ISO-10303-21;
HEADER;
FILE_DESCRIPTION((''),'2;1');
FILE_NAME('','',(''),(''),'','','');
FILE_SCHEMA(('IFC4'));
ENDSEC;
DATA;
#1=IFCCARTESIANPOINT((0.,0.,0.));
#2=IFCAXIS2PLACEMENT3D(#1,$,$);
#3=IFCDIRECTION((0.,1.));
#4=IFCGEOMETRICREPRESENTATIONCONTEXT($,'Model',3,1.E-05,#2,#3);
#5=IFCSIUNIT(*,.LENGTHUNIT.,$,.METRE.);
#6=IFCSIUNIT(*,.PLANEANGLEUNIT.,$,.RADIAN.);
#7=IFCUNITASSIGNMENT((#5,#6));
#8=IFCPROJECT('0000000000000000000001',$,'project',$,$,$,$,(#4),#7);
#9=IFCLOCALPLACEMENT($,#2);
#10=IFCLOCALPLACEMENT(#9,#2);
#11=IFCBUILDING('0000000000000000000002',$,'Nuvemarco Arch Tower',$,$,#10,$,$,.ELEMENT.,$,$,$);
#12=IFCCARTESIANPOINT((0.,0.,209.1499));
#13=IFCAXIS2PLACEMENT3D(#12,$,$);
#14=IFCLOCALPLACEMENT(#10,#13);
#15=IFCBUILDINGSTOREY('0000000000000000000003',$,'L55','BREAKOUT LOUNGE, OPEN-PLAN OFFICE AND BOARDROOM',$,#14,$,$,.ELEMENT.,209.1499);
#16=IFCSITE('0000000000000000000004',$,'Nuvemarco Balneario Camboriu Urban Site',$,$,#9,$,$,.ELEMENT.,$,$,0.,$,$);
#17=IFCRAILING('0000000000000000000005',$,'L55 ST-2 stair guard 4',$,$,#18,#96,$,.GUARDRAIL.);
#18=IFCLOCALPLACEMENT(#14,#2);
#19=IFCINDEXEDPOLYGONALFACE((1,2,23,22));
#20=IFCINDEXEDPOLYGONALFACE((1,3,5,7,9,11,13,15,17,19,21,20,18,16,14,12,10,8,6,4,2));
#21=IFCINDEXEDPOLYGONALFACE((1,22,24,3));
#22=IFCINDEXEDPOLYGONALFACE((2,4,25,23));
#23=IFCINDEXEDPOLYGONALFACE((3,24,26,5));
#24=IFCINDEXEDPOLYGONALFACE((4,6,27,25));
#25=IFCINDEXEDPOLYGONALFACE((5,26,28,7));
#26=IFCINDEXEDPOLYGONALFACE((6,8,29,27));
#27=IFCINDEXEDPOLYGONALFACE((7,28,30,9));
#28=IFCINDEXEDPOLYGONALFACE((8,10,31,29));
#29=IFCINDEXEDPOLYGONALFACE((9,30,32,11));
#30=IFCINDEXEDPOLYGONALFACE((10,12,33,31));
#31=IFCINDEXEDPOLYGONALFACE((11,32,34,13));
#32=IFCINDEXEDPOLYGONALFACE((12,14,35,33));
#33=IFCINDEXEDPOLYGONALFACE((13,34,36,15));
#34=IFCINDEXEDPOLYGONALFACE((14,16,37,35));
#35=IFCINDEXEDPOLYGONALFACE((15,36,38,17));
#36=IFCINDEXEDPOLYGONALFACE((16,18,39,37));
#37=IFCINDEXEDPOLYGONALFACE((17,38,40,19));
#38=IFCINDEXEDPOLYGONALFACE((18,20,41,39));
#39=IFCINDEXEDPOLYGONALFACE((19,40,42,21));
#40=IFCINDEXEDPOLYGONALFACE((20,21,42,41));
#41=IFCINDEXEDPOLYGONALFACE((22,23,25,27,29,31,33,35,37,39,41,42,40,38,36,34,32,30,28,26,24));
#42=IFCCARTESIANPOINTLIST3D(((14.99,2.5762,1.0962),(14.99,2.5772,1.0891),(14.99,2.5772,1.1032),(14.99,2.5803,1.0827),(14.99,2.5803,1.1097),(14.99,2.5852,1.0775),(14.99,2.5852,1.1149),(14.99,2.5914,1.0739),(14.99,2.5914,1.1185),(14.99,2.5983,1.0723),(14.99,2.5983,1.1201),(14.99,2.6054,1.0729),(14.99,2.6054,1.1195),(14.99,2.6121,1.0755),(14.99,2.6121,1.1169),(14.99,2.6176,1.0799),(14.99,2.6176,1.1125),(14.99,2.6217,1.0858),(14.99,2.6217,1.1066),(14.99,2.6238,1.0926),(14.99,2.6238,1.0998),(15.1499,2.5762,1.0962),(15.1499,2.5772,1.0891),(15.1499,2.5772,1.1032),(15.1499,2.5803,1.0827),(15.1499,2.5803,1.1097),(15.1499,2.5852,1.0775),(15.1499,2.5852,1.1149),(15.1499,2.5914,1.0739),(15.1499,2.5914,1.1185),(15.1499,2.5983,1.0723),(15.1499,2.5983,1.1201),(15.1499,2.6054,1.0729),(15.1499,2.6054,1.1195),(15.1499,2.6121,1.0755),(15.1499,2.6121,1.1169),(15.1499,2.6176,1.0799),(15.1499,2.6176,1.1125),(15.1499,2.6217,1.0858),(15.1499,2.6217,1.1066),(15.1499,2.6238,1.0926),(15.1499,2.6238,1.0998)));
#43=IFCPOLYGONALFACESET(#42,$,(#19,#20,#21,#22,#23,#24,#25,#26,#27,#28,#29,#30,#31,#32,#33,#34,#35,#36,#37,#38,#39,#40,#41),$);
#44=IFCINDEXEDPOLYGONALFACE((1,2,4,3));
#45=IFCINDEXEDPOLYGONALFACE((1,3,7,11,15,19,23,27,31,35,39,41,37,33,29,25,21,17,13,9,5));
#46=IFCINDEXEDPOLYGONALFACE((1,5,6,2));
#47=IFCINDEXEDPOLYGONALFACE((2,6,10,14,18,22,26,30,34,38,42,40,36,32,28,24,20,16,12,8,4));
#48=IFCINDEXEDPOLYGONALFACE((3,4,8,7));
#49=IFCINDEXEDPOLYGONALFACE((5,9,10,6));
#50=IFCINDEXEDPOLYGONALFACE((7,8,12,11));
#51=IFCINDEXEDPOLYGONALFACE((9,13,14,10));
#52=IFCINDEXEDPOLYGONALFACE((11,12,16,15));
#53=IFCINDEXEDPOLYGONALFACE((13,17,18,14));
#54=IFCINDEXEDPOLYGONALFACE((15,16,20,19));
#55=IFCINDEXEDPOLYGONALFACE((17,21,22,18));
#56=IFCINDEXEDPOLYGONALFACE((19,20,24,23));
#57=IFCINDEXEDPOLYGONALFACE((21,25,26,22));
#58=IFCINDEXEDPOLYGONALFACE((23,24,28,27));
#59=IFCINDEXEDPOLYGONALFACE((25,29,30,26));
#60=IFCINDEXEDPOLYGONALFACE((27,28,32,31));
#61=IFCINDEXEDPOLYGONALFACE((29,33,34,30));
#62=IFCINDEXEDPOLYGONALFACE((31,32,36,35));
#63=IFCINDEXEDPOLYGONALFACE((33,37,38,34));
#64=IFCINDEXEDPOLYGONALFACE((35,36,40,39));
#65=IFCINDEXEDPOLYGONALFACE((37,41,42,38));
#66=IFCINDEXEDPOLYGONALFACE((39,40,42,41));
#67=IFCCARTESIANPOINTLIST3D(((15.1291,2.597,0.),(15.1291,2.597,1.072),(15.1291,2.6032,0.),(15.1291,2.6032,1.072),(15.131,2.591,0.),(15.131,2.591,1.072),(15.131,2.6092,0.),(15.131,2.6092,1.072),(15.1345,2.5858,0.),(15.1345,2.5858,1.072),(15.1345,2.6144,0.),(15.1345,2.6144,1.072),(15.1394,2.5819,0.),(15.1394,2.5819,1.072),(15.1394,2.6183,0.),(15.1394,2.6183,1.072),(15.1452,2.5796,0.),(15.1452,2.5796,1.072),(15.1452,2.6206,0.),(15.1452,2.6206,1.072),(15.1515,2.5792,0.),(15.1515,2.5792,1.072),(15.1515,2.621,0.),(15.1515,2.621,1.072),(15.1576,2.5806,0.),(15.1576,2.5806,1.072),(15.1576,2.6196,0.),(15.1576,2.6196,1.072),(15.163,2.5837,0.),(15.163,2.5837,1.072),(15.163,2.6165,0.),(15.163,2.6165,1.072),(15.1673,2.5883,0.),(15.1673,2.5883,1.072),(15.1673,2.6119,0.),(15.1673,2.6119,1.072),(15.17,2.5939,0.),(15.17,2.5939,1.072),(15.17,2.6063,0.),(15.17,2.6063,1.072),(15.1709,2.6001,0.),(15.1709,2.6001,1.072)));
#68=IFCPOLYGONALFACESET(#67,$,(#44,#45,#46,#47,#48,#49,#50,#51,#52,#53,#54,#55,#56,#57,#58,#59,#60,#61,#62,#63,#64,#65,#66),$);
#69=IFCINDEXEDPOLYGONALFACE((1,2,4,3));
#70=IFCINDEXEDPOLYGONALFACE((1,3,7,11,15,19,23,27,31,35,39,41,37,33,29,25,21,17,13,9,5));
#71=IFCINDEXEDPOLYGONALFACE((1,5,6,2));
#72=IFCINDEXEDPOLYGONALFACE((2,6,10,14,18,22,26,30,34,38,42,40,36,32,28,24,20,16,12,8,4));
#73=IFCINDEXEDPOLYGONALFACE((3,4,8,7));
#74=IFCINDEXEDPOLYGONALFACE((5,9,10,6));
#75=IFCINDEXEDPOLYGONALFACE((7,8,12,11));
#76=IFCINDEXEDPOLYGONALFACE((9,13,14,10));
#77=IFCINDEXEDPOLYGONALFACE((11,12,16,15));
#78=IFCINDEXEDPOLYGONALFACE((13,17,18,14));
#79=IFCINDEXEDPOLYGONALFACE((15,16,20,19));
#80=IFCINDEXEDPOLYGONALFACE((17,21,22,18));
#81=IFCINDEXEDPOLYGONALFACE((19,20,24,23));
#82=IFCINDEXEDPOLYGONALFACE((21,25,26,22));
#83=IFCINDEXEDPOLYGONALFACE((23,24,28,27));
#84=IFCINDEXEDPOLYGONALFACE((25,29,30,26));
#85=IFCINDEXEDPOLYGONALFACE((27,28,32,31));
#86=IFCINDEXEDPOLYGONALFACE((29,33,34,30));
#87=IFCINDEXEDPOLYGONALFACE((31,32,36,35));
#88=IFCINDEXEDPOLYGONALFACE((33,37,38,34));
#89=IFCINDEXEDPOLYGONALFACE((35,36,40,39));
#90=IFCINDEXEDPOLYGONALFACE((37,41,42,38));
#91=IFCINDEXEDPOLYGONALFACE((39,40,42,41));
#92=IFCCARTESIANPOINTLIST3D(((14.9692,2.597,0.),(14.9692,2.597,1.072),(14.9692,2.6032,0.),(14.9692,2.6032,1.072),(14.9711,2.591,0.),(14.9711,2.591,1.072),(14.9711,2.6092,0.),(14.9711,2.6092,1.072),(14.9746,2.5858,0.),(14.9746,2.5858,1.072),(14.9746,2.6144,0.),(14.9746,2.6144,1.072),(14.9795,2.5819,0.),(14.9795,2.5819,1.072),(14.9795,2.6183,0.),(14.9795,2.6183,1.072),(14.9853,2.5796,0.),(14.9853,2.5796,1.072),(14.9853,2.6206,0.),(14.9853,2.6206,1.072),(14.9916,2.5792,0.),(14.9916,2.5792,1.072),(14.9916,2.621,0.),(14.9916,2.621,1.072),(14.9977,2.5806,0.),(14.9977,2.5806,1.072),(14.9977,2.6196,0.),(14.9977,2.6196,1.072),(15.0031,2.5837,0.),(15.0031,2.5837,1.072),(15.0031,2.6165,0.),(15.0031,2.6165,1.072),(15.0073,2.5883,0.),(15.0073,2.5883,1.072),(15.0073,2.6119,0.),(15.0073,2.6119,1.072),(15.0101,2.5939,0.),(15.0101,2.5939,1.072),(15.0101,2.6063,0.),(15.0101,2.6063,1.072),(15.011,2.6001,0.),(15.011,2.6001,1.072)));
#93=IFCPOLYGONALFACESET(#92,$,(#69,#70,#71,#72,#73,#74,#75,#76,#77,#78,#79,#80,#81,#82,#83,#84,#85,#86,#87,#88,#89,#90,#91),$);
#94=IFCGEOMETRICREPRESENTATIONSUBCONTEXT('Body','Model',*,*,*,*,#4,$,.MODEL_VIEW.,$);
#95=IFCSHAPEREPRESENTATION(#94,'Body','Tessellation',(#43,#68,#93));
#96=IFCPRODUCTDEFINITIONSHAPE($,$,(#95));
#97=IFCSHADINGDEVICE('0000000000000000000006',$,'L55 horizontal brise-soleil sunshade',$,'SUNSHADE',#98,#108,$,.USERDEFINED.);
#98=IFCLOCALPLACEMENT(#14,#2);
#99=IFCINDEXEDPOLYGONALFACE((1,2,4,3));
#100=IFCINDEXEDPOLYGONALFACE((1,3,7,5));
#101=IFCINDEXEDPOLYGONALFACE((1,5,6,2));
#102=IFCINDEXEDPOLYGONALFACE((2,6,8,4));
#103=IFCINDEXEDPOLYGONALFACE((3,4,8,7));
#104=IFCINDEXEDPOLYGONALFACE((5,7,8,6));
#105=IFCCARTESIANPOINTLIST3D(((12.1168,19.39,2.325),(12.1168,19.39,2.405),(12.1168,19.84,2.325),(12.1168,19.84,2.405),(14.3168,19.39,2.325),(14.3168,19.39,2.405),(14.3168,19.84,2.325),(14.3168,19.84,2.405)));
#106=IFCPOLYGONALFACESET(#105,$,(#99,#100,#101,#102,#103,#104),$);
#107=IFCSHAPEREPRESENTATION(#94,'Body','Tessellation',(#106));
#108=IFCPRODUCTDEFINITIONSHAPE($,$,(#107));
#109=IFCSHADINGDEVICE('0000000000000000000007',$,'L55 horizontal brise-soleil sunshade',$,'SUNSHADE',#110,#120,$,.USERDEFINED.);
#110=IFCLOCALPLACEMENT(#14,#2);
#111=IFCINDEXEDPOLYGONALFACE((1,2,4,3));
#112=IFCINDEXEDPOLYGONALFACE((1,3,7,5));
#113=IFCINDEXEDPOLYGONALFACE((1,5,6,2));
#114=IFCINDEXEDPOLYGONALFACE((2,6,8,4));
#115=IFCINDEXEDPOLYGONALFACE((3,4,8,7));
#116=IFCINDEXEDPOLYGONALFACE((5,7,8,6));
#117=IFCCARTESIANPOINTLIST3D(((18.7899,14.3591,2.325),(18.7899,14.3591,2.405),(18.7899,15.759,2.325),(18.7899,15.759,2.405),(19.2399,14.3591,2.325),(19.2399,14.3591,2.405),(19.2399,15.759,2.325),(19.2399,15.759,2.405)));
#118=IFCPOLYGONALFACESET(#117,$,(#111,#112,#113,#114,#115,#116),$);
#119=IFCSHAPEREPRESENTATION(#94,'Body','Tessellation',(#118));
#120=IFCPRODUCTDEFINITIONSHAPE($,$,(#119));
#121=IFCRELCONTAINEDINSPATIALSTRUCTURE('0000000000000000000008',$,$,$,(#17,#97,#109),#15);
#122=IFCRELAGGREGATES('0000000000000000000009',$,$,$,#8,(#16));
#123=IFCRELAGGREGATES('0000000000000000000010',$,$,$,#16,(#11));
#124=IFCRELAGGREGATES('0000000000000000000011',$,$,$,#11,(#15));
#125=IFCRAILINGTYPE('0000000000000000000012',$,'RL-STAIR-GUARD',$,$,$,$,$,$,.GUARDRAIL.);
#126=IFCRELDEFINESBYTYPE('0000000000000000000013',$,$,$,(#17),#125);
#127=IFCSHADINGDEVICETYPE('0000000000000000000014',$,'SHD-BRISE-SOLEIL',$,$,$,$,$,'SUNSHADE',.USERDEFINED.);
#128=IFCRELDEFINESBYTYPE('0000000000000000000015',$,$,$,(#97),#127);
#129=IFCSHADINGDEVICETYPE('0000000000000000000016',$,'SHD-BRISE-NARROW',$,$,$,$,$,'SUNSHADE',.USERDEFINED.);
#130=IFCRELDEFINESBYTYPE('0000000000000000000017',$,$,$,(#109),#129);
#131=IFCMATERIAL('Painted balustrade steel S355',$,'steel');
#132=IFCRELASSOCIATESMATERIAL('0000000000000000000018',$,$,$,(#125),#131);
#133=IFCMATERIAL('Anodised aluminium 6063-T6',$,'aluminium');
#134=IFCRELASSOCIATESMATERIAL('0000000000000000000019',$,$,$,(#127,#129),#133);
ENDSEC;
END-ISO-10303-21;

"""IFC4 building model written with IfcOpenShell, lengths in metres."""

from ifc_helpers import new_model, si_unit, direction, frame, origin, origin_2d, place, context, subcontext, project, spatial, rectangle, circle, extrude, source, transform, mapped, material, type_object, type_shapes, element, save


model = new_model("IFC4")

# Units and contexts
model_context = context("Model", 3, precision=1e-05, world=origin(), true_north=direction((0.0, 1.0)))
body_context = subcontext(model_context, "Body", "Model", "MODEL_VIEW")
ifc_project = project(units=[si_unit("LENGTHUNIT", "METRE"), si_unit("PLANEANGLEUNIT", "RADIAN")], contexts=[model_context])

# Site, building, storey
site_placement = place(None, origin())
site = spatial("IfcSite", under=ifc_project, at=site_placement, Name="Nuvemarco Balneario Camboriu Urban Site", CompositionType="ELEMENT", RefElevation=0.0)
building_placement = place(site_placement, origin())
building = spatial("IfcBuilding", under=site, at=building_placement, Name="Nuvemarco Arch Tower", CompositionType="ELEMENT")
storey_placement = place(building_placement, frame((0.0, 0.0, 209.1499)))
storey = spatial("IfcBuildingStorey", under=building, at=storey_placement, Name="L55", Description="BREAKOUT LOUNGE, OPEN-PLAN OFFICE AND BOARDROOM", CompositionType="ELEMENT", Elevation=209.1499)

# Railing
ifc_material_1 = material(Name="Painted balustrade steel S355", Category="steel")
railing_type_1 = type_object("IfcRailingType", Name="RL-STAIR-GUARD", PredefinedType="GUARDRAIL", material=ifc_material_1)
railing_1_placement = place(storey_placement, frame((15.1499, 2.6001, 0.0)))
element("IfcRailing", 1, at=railing_1_placement, inside=storey, type_object=railing_type_1, Name="L55 ST-2 stair guard 4", PredefinedType="GUARDRAIL", context=body_context, shape_type="SweptSolid", body=[
    extrude(circle(Radius=0.0239, at=origin_2d()), frame((0.0, 0.0, 1.0962), z_axis=(-1.0, 0.0, 0.0), x_axis=(0.0, -1.0, 0.0)), (0.0, 0.0, 1.0), 0.1599),
    extrude(circle(Radius=0.021, at=origin_2d()), origin(), (0.0, 0.0, 1.0), 1.072),
    extrude(circle(Radius=0.021, at=origin_2d()), frame((-0.1599, 0.0, 0.0)), (0.0, 0.0, 1.0), 1.072),
])

# Shading devices
ifc_material_2 = material(Name="Anodised aluminium 6063-T6", Category="aluminium")
shading_device_type_1 = type_object("IfcShadingDeviceType", Name="SHD-BRISE-SOLEIL", ElementType="SUNSHADE", PredefinedType="USERDEFINED", material=ifc_material_2)
shared_shape_1 = source(origin(), body_context, "Body", "SweptSolid", [
    extrude(rectangle(XDim=2.2, YDim=0.45, at=origin_2d()), origin(), (0.0, 0.0, 1.0), 0.0801),
])
type_shapes(shading_device_type_1, [shared_shape_1])
shading_device_1_placement = place(storey_placement, frame((13.2168, 19.615, 2.325), z_axis=(0.0, 0.0, 1.0), x_axis=(1.0, 0.0, 0.0)))
element("IfcShadingDevice", 2, at=shading_device_1_placement, inside=storey, type_object=shading_device_type_1, Name="L55 horizontal brise-soleil sunshade", ObjectType="SUNSHADE", PredefinedType="USERDEFINED", context=body_context, shape_type="MappedRepresentation", body=[
    mapped(shared_shape_1, transform((0.0, 0.0, 0.0), scale=1.0)),
])
shading_device_type_2 = type_object("IfcShadingDeviceType", Name="SHD-BRISE-NARROW", ElementType="SUNSHADE", PredefinedType="USERDEFINED", material=ifc_material_2)
shared_shape_2 = source(origin(), body_context, "Body", "SweptSolid", [
    extrude(rectangle(XDim=1.3999, YDim=0.45, at=origin_2d()), origin(), (0.0, 0.0, 1.0), 0.0801),
])
type_shapes(shading_device_type_2, [shared_shape_2])
shading_device_2_placement = place(storey_placement, frame((19.0149, 15.0591, 2.325), z_axis=(0.0, 0.0, 1.0), x_axis=(0.0, 1.0, 0.0)))
element("IfcShadingDevice", 3, at=shading_device_2_placement, inside=storey, type_object=shading_device_type_2, Name="L55 horizontal brise-soleil sunshade", ObjectType="SUNSHADE", PredefinedType="USERDEFINED", context=body_context, shape_type="MappedRepresentation", body=[
    mapped(shared_shape_2, transform((0.0, 0.0, 0.0), scale=1.0)),
])

save(model, "model.ifc")
